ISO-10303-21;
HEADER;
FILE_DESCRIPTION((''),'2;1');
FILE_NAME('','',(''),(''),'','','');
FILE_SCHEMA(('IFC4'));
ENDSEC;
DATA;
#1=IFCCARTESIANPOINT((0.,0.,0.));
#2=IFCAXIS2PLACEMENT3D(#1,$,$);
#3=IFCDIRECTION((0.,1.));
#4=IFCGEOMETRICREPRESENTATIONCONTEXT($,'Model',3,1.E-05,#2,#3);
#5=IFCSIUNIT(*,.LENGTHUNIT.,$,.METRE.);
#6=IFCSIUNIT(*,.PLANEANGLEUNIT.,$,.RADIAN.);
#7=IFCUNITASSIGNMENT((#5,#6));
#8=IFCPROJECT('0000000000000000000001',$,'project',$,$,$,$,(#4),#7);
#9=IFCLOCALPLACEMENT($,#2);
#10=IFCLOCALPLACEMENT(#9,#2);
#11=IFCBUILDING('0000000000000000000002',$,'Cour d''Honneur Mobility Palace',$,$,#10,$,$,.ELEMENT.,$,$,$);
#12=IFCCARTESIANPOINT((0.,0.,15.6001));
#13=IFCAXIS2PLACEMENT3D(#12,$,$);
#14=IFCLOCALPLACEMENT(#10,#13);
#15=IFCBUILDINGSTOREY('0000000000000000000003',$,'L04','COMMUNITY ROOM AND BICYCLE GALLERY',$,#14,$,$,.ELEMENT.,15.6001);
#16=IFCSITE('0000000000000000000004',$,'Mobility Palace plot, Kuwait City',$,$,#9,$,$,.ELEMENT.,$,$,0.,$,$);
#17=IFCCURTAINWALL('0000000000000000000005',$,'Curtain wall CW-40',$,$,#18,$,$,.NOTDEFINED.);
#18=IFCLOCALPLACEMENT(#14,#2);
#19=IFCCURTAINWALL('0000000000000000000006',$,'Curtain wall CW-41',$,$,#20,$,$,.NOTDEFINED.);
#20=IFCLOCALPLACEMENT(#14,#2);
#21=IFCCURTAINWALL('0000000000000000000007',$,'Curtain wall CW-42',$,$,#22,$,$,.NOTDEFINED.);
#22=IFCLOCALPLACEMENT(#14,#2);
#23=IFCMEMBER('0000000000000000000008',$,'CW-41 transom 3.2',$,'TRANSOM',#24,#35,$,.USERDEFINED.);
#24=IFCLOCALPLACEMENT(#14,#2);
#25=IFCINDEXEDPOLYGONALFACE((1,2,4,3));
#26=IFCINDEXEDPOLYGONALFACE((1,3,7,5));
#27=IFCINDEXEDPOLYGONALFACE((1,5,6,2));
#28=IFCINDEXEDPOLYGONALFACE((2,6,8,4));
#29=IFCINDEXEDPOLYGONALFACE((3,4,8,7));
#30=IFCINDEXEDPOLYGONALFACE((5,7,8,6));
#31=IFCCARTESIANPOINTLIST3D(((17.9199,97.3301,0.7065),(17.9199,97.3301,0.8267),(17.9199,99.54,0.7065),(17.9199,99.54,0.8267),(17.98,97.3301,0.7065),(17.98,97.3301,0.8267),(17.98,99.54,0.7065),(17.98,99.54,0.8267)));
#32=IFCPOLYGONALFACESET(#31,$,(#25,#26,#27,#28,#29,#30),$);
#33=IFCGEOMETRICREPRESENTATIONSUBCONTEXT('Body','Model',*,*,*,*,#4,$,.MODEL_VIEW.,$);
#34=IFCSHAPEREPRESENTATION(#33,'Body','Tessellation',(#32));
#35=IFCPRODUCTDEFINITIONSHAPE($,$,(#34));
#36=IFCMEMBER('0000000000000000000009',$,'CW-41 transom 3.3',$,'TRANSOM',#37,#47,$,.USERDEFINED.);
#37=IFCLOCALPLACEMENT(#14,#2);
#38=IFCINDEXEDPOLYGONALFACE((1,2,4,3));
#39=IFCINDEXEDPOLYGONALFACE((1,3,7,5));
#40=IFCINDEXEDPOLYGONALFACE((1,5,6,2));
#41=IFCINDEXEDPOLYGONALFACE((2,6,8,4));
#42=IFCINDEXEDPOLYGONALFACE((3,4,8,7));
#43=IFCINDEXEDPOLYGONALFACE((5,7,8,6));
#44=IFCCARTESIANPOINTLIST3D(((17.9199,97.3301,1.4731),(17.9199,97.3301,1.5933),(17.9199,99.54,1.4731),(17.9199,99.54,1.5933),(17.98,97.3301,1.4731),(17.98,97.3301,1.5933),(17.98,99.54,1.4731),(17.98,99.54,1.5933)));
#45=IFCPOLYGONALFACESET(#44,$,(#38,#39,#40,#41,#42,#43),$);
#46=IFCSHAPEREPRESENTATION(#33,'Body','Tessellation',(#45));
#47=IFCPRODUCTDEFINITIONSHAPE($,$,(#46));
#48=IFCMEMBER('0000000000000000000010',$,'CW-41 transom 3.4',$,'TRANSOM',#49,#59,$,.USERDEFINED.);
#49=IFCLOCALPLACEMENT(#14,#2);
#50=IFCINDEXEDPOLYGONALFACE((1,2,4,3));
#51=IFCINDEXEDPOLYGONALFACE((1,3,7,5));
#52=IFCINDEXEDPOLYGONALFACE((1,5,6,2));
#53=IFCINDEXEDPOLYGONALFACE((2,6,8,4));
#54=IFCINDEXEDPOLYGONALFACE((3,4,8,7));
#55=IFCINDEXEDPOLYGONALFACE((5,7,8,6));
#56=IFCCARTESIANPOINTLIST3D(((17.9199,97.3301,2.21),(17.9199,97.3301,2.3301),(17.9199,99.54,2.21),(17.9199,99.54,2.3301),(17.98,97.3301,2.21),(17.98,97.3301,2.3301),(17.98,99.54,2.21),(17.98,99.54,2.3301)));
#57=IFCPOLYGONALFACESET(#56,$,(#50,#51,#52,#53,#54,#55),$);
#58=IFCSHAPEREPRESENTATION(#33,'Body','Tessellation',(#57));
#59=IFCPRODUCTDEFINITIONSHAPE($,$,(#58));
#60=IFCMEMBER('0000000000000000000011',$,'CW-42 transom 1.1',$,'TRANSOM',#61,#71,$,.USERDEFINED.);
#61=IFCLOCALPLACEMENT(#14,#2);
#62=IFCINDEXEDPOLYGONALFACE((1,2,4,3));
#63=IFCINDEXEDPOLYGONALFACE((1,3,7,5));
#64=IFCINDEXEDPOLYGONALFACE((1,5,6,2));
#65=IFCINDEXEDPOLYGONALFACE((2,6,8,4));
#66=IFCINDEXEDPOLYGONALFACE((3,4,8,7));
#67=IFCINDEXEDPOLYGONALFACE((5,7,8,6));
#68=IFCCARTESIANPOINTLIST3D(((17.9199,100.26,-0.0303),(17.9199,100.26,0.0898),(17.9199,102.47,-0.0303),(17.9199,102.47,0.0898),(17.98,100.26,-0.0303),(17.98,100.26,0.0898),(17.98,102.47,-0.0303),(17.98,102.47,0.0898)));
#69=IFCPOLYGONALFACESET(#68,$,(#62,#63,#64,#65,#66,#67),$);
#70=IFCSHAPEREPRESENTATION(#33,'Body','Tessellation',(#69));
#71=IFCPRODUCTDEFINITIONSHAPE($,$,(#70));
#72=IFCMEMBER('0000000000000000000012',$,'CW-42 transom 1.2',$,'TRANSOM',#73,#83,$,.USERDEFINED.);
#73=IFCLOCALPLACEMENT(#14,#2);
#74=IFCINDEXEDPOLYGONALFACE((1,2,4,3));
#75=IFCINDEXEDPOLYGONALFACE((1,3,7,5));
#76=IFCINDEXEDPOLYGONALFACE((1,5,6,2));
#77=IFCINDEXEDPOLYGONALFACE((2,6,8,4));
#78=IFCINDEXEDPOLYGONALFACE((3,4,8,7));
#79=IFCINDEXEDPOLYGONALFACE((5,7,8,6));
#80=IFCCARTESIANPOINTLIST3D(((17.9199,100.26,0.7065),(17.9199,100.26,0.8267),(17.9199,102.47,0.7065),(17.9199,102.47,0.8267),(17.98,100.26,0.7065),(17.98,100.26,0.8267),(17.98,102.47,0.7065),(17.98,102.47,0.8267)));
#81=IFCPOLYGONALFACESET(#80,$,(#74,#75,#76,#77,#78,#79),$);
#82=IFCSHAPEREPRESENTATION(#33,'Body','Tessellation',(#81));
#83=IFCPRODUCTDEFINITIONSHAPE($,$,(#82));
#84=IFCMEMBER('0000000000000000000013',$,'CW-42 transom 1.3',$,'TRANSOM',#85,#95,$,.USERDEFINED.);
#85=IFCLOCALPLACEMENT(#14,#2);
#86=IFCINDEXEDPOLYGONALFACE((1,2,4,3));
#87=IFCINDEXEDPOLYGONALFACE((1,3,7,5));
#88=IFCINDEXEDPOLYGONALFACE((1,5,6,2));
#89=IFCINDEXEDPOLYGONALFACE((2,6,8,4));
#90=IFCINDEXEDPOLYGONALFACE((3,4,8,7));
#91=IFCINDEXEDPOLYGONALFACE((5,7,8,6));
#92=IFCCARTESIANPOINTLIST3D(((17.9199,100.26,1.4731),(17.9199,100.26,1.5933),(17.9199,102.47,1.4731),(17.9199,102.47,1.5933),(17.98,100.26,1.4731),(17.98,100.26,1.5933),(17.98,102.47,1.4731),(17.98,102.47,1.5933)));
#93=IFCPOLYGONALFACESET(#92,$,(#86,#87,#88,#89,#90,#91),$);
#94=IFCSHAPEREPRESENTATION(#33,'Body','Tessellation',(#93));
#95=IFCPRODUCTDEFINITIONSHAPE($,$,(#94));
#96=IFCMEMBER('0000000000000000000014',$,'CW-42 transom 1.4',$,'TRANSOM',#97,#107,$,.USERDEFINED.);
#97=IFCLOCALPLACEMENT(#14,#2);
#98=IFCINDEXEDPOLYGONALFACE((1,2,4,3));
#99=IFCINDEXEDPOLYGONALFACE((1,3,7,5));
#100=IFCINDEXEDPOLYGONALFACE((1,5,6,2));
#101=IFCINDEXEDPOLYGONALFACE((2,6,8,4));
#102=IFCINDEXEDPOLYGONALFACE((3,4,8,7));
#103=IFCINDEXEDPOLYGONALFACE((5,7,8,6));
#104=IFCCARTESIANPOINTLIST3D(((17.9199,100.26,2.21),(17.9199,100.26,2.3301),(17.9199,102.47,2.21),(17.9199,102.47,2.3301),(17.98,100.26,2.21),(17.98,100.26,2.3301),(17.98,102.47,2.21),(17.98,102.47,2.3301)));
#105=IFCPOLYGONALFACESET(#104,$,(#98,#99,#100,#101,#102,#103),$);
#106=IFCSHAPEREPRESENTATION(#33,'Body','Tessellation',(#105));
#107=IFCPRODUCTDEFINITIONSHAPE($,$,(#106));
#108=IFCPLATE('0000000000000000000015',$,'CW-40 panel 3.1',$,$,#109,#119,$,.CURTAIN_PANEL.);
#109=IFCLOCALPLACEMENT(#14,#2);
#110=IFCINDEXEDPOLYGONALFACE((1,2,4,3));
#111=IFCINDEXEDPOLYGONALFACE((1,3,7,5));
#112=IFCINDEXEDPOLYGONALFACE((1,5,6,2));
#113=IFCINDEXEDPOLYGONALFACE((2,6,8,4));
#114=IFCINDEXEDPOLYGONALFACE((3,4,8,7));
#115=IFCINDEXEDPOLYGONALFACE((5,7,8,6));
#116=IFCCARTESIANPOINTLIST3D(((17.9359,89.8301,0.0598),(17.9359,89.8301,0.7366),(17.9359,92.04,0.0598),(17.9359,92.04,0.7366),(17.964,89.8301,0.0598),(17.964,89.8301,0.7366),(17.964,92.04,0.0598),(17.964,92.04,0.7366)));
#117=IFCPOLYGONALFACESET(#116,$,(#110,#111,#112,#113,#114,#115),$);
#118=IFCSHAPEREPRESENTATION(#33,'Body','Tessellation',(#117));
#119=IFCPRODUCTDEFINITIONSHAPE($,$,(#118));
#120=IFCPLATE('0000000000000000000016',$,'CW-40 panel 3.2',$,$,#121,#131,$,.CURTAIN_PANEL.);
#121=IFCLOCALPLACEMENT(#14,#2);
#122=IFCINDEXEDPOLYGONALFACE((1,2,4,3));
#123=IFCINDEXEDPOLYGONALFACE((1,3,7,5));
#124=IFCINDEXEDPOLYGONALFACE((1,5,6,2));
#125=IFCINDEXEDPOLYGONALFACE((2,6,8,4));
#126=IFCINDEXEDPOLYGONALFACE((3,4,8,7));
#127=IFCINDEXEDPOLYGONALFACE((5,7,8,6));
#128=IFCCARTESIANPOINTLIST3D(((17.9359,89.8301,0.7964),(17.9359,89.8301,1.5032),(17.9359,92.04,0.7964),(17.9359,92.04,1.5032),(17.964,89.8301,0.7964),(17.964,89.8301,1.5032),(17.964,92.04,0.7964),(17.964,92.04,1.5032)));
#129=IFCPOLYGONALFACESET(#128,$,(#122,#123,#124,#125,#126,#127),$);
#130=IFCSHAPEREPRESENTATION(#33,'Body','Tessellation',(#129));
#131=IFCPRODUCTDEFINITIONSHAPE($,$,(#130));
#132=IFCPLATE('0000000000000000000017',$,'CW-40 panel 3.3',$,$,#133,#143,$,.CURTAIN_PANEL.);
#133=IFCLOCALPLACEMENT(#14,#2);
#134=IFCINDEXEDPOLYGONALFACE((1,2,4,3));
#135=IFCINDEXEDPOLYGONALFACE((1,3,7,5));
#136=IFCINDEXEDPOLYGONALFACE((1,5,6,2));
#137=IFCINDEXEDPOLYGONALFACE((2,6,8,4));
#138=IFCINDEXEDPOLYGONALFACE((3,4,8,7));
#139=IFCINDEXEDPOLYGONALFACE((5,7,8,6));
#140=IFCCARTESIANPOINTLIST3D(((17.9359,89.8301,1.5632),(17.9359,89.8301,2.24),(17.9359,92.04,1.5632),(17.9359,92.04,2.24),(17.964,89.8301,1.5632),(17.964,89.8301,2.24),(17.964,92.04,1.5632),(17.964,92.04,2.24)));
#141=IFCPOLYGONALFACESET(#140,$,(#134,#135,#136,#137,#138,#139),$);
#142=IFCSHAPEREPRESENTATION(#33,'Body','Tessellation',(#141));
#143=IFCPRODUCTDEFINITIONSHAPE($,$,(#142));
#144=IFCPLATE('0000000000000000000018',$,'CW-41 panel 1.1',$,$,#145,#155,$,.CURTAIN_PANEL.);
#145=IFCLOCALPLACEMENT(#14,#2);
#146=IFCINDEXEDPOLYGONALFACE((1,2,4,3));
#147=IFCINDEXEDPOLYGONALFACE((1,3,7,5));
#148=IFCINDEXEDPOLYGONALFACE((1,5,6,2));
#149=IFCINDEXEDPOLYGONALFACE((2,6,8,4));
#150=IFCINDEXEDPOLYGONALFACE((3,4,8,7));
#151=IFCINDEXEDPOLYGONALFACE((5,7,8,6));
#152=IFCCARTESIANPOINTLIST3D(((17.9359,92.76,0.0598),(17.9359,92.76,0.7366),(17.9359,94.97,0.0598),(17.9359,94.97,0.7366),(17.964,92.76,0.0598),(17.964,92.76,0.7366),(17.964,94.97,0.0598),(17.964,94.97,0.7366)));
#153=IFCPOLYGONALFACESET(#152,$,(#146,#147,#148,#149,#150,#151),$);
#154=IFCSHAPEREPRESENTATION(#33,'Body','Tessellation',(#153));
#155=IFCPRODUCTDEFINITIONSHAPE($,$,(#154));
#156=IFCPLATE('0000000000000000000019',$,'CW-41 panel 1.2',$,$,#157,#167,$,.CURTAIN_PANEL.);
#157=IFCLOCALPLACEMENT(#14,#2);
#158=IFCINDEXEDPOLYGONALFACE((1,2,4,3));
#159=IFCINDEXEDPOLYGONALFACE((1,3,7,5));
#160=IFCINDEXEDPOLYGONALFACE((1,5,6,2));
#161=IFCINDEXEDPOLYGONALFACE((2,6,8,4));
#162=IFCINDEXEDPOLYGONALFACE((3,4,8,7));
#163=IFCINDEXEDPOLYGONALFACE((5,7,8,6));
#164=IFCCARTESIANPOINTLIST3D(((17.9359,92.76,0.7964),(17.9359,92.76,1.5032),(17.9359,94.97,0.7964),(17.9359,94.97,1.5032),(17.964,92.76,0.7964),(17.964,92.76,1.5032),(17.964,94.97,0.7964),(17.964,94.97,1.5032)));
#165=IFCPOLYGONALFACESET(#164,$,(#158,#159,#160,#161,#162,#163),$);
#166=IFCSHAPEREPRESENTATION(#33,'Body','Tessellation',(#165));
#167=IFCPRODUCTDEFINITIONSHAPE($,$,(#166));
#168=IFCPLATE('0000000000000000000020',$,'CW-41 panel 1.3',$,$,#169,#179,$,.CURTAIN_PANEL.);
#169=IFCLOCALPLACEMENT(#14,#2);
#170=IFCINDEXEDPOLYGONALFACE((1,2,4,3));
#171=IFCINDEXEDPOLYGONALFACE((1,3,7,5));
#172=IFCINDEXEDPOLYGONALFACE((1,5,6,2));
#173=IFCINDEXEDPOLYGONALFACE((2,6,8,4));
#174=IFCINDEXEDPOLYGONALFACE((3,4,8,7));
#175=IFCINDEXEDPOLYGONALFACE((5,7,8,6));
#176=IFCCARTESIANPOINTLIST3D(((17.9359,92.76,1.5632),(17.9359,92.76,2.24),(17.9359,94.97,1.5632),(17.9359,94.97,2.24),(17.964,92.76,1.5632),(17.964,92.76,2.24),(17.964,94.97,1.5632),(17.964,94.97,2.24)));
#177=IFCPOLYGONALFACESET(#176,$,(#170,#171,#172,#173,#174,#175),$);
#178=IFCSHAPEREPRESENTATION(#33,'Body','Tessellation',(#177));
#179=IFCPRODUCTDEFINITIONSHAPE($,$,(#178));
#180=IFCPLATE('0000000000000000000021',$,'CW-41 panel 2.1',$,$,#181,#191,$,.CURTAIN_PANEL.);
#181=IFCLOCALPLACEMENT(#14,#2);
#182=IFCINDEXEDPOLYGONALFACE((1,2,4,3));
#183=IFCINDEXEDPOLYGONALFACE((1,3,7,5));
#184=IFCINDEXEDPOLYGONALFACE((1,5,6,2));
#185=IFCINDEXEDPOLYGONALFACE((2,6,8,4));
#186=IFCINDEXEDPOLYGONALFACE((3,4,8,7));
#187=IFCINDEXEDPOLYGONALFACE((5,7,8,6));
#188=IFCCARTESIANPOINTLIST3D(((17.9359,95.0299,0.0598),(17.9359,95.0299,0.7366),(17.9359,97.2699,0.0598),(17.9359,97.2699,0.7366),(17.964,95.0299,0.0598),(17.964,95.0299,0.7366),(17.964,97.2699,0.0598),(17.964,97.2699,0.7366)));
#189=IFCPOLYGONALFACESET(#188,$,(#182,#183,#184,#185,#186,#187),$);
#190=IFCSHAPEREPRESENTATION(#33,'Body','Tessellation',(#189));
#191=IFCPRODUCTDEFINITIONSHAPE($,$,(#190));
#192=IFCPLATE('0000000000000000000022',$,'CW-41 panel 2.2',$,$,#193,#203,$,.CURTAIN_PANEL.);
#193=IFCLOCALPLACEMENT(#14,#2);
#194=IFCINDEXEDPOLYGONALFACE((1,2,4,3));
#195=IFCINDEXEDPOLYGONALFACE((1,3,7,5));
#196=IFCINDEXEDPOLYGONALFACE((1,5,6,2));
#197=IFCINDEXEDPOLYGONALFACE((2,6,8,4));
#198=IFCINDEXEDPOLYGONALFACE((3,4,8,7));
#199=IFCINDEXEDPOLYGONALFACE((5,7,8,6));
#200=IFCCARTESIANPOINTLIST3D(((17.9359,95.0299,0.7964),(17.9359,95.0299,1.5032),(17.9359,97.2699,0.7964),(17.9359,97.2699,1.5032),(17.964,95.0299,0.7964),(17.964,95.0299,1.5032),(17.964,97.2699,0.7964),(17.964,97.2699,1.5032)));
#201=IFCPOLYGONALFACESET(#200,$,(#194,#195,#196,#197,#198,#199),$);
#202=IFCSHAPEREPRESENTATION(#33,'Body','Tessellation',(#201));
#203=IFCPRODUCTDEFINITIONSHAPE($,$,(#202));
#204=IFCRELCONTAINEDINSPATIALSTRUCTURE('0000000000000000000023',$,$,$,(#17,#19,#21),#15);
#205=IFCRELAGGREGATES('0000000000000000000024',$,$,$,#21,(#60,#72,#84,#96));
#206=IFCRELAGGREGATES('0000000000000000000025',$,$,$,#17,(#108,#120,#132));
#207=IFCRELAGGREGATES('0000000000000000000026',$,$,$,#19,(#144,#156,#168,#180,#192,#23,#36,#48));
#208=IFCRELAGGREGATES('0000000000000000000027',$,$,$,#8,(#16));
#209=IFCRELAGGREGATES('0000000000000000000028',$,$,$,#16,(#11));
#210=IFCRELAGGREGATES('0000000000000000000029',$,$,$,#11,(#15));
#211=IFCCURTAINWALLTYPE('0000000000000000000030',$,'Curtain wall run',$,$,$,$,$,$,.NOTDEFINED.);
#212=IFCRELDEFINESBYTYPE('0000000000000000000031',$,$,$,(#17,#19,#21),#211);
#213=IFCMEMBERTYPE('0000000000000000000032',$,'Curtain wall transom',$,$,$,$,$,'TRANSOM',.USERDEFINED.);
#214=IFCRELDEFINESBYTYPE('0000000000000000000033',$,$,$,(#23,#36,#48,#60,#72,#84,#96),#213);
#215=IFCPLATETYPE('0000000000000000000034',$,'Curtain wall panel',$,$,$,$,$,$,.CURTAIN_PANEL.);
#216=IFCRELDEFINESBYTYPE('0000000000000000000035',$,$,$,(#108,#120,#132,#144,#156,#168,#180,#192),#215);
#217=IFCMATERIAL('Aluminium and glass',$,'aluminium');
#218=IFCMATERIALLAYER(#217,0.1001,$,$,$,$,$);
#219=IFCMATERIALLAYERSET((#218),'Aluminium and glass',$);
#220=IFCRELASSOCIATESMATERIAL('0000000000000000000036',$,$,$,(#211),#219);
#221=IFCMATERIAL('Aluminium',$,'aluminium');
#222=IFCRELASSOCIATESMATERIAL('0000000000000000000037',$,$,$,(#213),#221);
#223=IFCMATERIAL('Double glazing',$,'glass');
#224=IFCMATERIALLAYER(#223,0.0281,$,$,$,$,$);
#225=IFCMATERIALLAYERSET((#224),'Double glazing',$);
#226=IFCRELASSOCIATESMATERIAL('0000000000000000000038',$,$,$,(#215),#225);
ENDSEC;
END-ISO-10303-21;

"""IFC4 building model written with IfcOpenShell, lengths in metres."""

from ifc_helpers import new_model, si_unit, direction, frame, origin, origin_2d, place, context, subcontext, project, spatial, rectangle, extrude, material, layer, layer_set, material_profile, profile_set, type_object, element, aggregate, save


model = new_model("IFC4")

# Units and contexts
model_context = context("Model", 3, precision=1e-05, world=origin(), true_north=direction((0.0, 1.0)))
body_context = subcontext(model_context, "Body", "Model", "MODEL_VIEW")
ifc_project = project(units=[si_unit("LENGTHUNIT", "METRE"), si_unit("PLANEANGLEUNIT", "RADIAN")], contexts=[model_context])

# Site, building, storey
site_placement = place(None, origin())
site = spatial("IfcSite", under=ifc_project, at=site_placement, Name="Mobility Palace plot, Kuwait City", CompositionType="ELEMENT", RefElevation=0.0)
building_placement = place(site_placement, origin())
building = spatial("IfcBuilding", under=site, at=building_placement, Name="Cour d'Honneur Mobility Palace", CompositionType="ELEMENT")
storey_placement = place(building_placement, frame((0.0, 0.0, 15.6001)))
storey = spatial("IfcBuildingStorey", under=building, at=storey_placement, Name="L04", Description="COMMUNITY ROOM AND BICYCLE GALLERY", CompositionType="ELEMENT", Elevation=15.6001)

# Curtain wall
ifc_material_1 = material(Name="Aluminium and glass", Category="aluminium")
ifc_layer_1 = layer(ifc_material_1, 0.1001)
ifc_layer_set_1 = layer_set([ifc_layer_1], Name="Aluminium and glass")
curtain_wall_type = type_object("IfcCurtainWallType", Name="Curtain wall run", PredefinedType="NOTDEFINED", material=ifc_layer_set_1)
curtain_wall_1_placement = place(storey_placement, origin())
curtain_wall_1 = element("IfcCurtainWall", 1, at=curtain_wall_1_placement, inside=storey, type_object=curtain_wall_type, Name="Curtain wall CW-40", PredefinedType="NOTDEFINED")

# Curtain wall
curtain_wall_2_placement = place(storey_placement, origin())
curtain_wall_2 = element("IfcCurtainWall", 2, at=curtain_wall_2_placement, inside=storey, type_object=curtain_wall_type, Name="Curtain wall CW-41", PredefinedType="NOTDEFINED")

# Curtain wall
curtain_wall_3_placement = place(storey_placement, origin())
curtain_wall_3 = element("IfcCurtainWall", 3, at=curtain_wall_3_placement, inside=storey, type_object=curtain_wall_type, Name="Curtain wall CW-42", PredefinedType="NOTDEFINED")

# Members
ifc_material_2 = material(Name="Aluminium", Category="aluminium")
ifc_material_profile_1 = material_profile(ifc_material_2, rectangle(XDim=0.0601, YDim=0.1201, at=origin_2d()), Name="Curtain wall transom")
ifc_profile_set_1 = profile_set([ifc_material_profile_1], Name="Aluminium")
member_type_1 = type_object("IfcMemberType", Name="Curtain wall transom", ElementType="TRANSOM", PredefinedType="USERDEFINED", material=ifc_profile_set_1)
member_1_placement = place(storey_placement, frame((17.95, 97.3301, 0.7666), z_axis=(0.0, 1.0, 0.0), x_axis=(-1.0, 0.0, 0.0)))
member_1 = element("IfcMember", 4, at=member_1_placement, type_object=member_type_1, Name="CW-41 transom 3.2", ObjectType="TRANSOM", PredefinedType="USERDEFINED", context=body_context, shape_type="SweptSolid", body=[
    extrude(rectangle(XDim=0.0601, YDim=0.1201, at=origin_2d()), origin(), (0.0, 0.0, 1.0), 2.21),
])
member_2_placement = place(storey_placement, frame((17.95, 97.3301, 1.5332), z_axis=(0.0, 1.0, 0.0), x_axis=(-1.0, 0.0, 0.0)))
member_2 = element("IfcMember", 5, at=member_2_placement, type_object=member_type_1, Name="CW-41 transom 3.3", ObjectType="TRANSOM", PredefinedType="USERDEFINED", context=body_context, shape_type="SweptSolid", body=[
    extrude(rectangle(XDim=0.0601, YDim=0.1201, at=origin_2d()), origin(), (0.0, 0.0, 1.0), 2.21),
])
member_3_placement = place(storey_placement, frame((17.95, 97.3301, 2.27), z_axis=(0.0, 1.0, 0.0), x_axis=(-1.0, 0.0, 0.0)))
member_3 = element("IfcMember", 6, at=member_3_placement, type_object=member_type_1, Name="CW-41 transom 3.4", ObjectType="TRANSOM", PredefinedType="USERDEFINED", context=body_context, shape_type="SweptSolid", body=[
    extrude(rectangle(XDim=0.0601, YDim=0.1201, at=origin_2d()), origin(), (0.0, 0.0, 1.0), 2.21),
])
member_4_placement = place(storey_placement, frame((17.95, 100.26, 0.0298), z_axis=(0.0, 1.0, 0.0), x_axis=(-1.0, 0.0, 0.0)))
member_4 = element("IfcMember", 7, at=member_4_placement, type_object=member_type_1, Name="CW-42 transom 1.1", ObjectType="TRANSOM", PredefinedType="USERDEFINED", context=body_context, shape_type="SweptSolid", body=[
    extrude(rectangle(XDim=0.0601, YDim=0.1201, at=origin_2d()), origin(), (0.0, 0.0, 1.0), 2.21),
])
member_5_placement = place(storey_placement, frame((17.95, 100.26, 0.7666), z_axis=(0.0, 1.0, 0.0), x_axis=(-1.0, 0.0, 0.0)))
member_5 = element("IfcMember", 8, at=member_5_placement, type_object=member_type_1, Name="CW-42 transom 1.2", ObjectType="TRANSOM", PredefinedType="USERDEFINED", context=body_context, shape_type="SweptSolid", body=[
    extrude(rectangle(XDim=0.0601, YDim=0.1201, at=origin_2d()), origin(), (0.0, 0.0, 1.0), 2.21),
])
member_6_placement = place(storey_placement, frame((17.95, 100.26, 1.5332), z_axis=(0.0, 1.0, 0.0), x_axis=(-1.0, 0.0, 0.0)))
member_6 = element("IfcMember", 9, at=member_6_placement, type_object=member_type_1, Name="CW-42 transom 1.3", ObjectType="TRANSOM", PredefinedType="USERDEFINED", context=body_context, shape_type="SweptSolid", body=[
    extrude(rectangle(XDim=0.0601, YDim=0.1201, at=origin_2d()), origin(), (0.0, 0.0, 1.0), 2.21),
])
member_7_placement = place(storey_placement, frame((17.95, 100.26, 2.27), z_axis=(0.0, 1.0, 0.0), x_axis=(-1.0, 0.0, 0.0)))
member_7 = element("IfcMember", 10, at=member_7_placement, type_object=member_type_1, Name="CW-42 transom 1.4", ObjectType="TRANSOM", PredefinedType="USERDEFINED", context=body_context, shape_type="SweptSolid", body=[
    extrude(rectangle(XDim=0.0601, YDim=0.1201, at=origin_2d()), origin(), (0.0, 0.0, 1.0), 2.21),
])
aggregate(curtain_wall_3, [member_4, member_5, member_6, member_7])

# Plates
ifc_material_3 = material(Name="Double glazing", Category="glass")
ifc_layer_2 = layer(ifc_material_3, 0.0281)
ifc_layer_set_2 = layer_set([ifc_layer_2], Name="Double glazing")
plate_type = type_object("IfcPlateType", Name="Curtain wall panel", PredefinedType="CURTAIN_PANEL", material=ifc_layer_set_2)
plate_1_placement = place(storey_placement, frame((17.95, 90.9351, 0.0598), z_axis=(0.0, 0.0, 1.0), x_axis=(0.0, 1.0, 0.0)))
plate_1 = element("IfcPlate", 11, at=plate_1_placement, type_object=plate_type, Name="CW-40 panel 3.1", PredefinedType="CURTAIN_PANEL", context=body_context, shape_type="SweptSolid", body=[
    extrude(rectangle(XDim=2.21, YDim=0.0281, at=origin_2d()), origin(), (0.0, 0.0, 1.0), 0.6768),
])
plate_2_placement = place(storey_placement, frame((17.95, 90.9351, 0.7964), z_axis=(0.0, 0.0, 1.0), x_axis=(0.0, 1.0, 0.0)))
plate_2 = element("IfcPlate", 12, at=plate_2_placement, type_object=plate_type, Name="CW-40 panel 3.2", PredefinedType="CURTAIN_PANEL", context=body_context, shape_type="SweptSolid", body=[
    extrude(rectangle(XDim=2.21, YDim=0.0281, at=origin_2d()), origin(), (0.0, 0.0, 1.0), 0.7068),
])
plate_3_placement = place(storey_placement, frame((17.95, 90.9351, 1.5632), z_axis=(0.0, 0.0, 1.0), x_axis=(0.0, 1.0, 0.0)))
plate_3 = element("IfcPlate", 13, at=plate_3_placement, type_object=plate_type, Name="CW-40 panel 3.3", PredefinedType="CURTAIN_PANEL", context=body_context, shape_type="SweptSolid", body=[
    extrude(rectangle(XDim=2.21, YDim=0.0281, at=origin_2d()), origin(), (0.0, 0.0, 1.0), 0.6768),
])
aggregate(curtain_wall_1, [plate_1, plate_2, plate_3])
plate_4_placement = place(storey_placement, frame((17.95, 93.865, 0.0598), z_axis=(0.0, 0.0, 1.0), x_axis=(0.0, 1.0, 0.0)))
plate_4 = element("IfcPlate", 14, at=plate_4_placement, type_object=plate_type, Name="CW-41 panel 1.1", PredefinedType="CURTAIN_PANEL", context=body_context, shape_type="SweptSolid", body=[
    extrude(rectangle(XDim=2.21, YDim=0.0281, at=origin_2d()), origin(), (0.0, 0.0, 1.0), 0.6768),
])
plate_5_placement = place(storey_placement, frame((17.95, 93.865, 0.7964), z_axis=(0.0, 0.0, 1.0), x_axis=(0.0, 1.0, 0.0)))
plate_5 = element("IfcPlate", 15, at=plate_5_placement, type_object=plate_type, Name="CW-41 panel 1.2", PredefinedType="CURTAIN_PANEL", context=body_context, shape_type="SweptSolid", body=[
    extrude(rectangle(XDim=2.21, YDim=0.0281, at=origin_2d()), origin(), (0.0, 0.0, 1.0), 0.7068),
])
plate_6_placement = place(storey_placement, frame((17.95, 93.865, 1.5632), z_axis=(0.0, 0.0, 1.0), x_axis=(0.0, 1.0, 0.0)))
plate_6 = element("IfcPlate", 16, at=plate_6_placement, type_object=plate_type, Name="CW-41 panel 1.3", PredefinedType="CURTAIN_PANEL", context=body_context, shape_type="SweptSolid", body=[
    extrude(rectangle(XDim=2.21, YDim=0.0281, at=origin_2d()), origin(), (0.0, 0.0, 1.0), 0.6768),
])
plate_7_placement = place(storey_placement, frame((17.95, 96.1499, 0.0598), z_axis=(0.0, 0.0, 1.0), x_axis=(0.0, 1.0, 0.0)))
plate_7 = element("IfcPlate", 17, at=plate_7_placement, type_object=plate_type, Name="CW-41 panel 2.1", PredefinedType="CURTAIN_PANEL", context=body_context, shape_type="SweptSolid", body=[
    extrude(rectangle(XDim=2.24, YDim=0.0281, at=origin_2d()), origin(), (0.0, 0.0, 1.0), 0.6768),
])
plate_8_placement = place(storey_placement, frame((17.95, 96.1499, 0.7964), z_axis=(0.0, 0.0, 1.0), x_axis=(0.0, 1.0, 0.0)))
plate_8 = element("IfcPlate", 18, at=plate_8_placement, type_object=plate_type, Name="CW-41 panel 2.2", PredefinedType="CURTAIN_PANEL", context=body_context, shape_type="SweptSolid", body=[
    extrude(rectangle(XDim=2.24, YDim=0.0281, at=origin_2d()), origin(), (0.0, 0.0, 1.0), 0.7068),
])
aggregate(curtain_wall_2, [plate_4, plate_5, plate_6, plate_7, plate_8, member_1, member_2, member_3])

save(model, "model.ifc")
